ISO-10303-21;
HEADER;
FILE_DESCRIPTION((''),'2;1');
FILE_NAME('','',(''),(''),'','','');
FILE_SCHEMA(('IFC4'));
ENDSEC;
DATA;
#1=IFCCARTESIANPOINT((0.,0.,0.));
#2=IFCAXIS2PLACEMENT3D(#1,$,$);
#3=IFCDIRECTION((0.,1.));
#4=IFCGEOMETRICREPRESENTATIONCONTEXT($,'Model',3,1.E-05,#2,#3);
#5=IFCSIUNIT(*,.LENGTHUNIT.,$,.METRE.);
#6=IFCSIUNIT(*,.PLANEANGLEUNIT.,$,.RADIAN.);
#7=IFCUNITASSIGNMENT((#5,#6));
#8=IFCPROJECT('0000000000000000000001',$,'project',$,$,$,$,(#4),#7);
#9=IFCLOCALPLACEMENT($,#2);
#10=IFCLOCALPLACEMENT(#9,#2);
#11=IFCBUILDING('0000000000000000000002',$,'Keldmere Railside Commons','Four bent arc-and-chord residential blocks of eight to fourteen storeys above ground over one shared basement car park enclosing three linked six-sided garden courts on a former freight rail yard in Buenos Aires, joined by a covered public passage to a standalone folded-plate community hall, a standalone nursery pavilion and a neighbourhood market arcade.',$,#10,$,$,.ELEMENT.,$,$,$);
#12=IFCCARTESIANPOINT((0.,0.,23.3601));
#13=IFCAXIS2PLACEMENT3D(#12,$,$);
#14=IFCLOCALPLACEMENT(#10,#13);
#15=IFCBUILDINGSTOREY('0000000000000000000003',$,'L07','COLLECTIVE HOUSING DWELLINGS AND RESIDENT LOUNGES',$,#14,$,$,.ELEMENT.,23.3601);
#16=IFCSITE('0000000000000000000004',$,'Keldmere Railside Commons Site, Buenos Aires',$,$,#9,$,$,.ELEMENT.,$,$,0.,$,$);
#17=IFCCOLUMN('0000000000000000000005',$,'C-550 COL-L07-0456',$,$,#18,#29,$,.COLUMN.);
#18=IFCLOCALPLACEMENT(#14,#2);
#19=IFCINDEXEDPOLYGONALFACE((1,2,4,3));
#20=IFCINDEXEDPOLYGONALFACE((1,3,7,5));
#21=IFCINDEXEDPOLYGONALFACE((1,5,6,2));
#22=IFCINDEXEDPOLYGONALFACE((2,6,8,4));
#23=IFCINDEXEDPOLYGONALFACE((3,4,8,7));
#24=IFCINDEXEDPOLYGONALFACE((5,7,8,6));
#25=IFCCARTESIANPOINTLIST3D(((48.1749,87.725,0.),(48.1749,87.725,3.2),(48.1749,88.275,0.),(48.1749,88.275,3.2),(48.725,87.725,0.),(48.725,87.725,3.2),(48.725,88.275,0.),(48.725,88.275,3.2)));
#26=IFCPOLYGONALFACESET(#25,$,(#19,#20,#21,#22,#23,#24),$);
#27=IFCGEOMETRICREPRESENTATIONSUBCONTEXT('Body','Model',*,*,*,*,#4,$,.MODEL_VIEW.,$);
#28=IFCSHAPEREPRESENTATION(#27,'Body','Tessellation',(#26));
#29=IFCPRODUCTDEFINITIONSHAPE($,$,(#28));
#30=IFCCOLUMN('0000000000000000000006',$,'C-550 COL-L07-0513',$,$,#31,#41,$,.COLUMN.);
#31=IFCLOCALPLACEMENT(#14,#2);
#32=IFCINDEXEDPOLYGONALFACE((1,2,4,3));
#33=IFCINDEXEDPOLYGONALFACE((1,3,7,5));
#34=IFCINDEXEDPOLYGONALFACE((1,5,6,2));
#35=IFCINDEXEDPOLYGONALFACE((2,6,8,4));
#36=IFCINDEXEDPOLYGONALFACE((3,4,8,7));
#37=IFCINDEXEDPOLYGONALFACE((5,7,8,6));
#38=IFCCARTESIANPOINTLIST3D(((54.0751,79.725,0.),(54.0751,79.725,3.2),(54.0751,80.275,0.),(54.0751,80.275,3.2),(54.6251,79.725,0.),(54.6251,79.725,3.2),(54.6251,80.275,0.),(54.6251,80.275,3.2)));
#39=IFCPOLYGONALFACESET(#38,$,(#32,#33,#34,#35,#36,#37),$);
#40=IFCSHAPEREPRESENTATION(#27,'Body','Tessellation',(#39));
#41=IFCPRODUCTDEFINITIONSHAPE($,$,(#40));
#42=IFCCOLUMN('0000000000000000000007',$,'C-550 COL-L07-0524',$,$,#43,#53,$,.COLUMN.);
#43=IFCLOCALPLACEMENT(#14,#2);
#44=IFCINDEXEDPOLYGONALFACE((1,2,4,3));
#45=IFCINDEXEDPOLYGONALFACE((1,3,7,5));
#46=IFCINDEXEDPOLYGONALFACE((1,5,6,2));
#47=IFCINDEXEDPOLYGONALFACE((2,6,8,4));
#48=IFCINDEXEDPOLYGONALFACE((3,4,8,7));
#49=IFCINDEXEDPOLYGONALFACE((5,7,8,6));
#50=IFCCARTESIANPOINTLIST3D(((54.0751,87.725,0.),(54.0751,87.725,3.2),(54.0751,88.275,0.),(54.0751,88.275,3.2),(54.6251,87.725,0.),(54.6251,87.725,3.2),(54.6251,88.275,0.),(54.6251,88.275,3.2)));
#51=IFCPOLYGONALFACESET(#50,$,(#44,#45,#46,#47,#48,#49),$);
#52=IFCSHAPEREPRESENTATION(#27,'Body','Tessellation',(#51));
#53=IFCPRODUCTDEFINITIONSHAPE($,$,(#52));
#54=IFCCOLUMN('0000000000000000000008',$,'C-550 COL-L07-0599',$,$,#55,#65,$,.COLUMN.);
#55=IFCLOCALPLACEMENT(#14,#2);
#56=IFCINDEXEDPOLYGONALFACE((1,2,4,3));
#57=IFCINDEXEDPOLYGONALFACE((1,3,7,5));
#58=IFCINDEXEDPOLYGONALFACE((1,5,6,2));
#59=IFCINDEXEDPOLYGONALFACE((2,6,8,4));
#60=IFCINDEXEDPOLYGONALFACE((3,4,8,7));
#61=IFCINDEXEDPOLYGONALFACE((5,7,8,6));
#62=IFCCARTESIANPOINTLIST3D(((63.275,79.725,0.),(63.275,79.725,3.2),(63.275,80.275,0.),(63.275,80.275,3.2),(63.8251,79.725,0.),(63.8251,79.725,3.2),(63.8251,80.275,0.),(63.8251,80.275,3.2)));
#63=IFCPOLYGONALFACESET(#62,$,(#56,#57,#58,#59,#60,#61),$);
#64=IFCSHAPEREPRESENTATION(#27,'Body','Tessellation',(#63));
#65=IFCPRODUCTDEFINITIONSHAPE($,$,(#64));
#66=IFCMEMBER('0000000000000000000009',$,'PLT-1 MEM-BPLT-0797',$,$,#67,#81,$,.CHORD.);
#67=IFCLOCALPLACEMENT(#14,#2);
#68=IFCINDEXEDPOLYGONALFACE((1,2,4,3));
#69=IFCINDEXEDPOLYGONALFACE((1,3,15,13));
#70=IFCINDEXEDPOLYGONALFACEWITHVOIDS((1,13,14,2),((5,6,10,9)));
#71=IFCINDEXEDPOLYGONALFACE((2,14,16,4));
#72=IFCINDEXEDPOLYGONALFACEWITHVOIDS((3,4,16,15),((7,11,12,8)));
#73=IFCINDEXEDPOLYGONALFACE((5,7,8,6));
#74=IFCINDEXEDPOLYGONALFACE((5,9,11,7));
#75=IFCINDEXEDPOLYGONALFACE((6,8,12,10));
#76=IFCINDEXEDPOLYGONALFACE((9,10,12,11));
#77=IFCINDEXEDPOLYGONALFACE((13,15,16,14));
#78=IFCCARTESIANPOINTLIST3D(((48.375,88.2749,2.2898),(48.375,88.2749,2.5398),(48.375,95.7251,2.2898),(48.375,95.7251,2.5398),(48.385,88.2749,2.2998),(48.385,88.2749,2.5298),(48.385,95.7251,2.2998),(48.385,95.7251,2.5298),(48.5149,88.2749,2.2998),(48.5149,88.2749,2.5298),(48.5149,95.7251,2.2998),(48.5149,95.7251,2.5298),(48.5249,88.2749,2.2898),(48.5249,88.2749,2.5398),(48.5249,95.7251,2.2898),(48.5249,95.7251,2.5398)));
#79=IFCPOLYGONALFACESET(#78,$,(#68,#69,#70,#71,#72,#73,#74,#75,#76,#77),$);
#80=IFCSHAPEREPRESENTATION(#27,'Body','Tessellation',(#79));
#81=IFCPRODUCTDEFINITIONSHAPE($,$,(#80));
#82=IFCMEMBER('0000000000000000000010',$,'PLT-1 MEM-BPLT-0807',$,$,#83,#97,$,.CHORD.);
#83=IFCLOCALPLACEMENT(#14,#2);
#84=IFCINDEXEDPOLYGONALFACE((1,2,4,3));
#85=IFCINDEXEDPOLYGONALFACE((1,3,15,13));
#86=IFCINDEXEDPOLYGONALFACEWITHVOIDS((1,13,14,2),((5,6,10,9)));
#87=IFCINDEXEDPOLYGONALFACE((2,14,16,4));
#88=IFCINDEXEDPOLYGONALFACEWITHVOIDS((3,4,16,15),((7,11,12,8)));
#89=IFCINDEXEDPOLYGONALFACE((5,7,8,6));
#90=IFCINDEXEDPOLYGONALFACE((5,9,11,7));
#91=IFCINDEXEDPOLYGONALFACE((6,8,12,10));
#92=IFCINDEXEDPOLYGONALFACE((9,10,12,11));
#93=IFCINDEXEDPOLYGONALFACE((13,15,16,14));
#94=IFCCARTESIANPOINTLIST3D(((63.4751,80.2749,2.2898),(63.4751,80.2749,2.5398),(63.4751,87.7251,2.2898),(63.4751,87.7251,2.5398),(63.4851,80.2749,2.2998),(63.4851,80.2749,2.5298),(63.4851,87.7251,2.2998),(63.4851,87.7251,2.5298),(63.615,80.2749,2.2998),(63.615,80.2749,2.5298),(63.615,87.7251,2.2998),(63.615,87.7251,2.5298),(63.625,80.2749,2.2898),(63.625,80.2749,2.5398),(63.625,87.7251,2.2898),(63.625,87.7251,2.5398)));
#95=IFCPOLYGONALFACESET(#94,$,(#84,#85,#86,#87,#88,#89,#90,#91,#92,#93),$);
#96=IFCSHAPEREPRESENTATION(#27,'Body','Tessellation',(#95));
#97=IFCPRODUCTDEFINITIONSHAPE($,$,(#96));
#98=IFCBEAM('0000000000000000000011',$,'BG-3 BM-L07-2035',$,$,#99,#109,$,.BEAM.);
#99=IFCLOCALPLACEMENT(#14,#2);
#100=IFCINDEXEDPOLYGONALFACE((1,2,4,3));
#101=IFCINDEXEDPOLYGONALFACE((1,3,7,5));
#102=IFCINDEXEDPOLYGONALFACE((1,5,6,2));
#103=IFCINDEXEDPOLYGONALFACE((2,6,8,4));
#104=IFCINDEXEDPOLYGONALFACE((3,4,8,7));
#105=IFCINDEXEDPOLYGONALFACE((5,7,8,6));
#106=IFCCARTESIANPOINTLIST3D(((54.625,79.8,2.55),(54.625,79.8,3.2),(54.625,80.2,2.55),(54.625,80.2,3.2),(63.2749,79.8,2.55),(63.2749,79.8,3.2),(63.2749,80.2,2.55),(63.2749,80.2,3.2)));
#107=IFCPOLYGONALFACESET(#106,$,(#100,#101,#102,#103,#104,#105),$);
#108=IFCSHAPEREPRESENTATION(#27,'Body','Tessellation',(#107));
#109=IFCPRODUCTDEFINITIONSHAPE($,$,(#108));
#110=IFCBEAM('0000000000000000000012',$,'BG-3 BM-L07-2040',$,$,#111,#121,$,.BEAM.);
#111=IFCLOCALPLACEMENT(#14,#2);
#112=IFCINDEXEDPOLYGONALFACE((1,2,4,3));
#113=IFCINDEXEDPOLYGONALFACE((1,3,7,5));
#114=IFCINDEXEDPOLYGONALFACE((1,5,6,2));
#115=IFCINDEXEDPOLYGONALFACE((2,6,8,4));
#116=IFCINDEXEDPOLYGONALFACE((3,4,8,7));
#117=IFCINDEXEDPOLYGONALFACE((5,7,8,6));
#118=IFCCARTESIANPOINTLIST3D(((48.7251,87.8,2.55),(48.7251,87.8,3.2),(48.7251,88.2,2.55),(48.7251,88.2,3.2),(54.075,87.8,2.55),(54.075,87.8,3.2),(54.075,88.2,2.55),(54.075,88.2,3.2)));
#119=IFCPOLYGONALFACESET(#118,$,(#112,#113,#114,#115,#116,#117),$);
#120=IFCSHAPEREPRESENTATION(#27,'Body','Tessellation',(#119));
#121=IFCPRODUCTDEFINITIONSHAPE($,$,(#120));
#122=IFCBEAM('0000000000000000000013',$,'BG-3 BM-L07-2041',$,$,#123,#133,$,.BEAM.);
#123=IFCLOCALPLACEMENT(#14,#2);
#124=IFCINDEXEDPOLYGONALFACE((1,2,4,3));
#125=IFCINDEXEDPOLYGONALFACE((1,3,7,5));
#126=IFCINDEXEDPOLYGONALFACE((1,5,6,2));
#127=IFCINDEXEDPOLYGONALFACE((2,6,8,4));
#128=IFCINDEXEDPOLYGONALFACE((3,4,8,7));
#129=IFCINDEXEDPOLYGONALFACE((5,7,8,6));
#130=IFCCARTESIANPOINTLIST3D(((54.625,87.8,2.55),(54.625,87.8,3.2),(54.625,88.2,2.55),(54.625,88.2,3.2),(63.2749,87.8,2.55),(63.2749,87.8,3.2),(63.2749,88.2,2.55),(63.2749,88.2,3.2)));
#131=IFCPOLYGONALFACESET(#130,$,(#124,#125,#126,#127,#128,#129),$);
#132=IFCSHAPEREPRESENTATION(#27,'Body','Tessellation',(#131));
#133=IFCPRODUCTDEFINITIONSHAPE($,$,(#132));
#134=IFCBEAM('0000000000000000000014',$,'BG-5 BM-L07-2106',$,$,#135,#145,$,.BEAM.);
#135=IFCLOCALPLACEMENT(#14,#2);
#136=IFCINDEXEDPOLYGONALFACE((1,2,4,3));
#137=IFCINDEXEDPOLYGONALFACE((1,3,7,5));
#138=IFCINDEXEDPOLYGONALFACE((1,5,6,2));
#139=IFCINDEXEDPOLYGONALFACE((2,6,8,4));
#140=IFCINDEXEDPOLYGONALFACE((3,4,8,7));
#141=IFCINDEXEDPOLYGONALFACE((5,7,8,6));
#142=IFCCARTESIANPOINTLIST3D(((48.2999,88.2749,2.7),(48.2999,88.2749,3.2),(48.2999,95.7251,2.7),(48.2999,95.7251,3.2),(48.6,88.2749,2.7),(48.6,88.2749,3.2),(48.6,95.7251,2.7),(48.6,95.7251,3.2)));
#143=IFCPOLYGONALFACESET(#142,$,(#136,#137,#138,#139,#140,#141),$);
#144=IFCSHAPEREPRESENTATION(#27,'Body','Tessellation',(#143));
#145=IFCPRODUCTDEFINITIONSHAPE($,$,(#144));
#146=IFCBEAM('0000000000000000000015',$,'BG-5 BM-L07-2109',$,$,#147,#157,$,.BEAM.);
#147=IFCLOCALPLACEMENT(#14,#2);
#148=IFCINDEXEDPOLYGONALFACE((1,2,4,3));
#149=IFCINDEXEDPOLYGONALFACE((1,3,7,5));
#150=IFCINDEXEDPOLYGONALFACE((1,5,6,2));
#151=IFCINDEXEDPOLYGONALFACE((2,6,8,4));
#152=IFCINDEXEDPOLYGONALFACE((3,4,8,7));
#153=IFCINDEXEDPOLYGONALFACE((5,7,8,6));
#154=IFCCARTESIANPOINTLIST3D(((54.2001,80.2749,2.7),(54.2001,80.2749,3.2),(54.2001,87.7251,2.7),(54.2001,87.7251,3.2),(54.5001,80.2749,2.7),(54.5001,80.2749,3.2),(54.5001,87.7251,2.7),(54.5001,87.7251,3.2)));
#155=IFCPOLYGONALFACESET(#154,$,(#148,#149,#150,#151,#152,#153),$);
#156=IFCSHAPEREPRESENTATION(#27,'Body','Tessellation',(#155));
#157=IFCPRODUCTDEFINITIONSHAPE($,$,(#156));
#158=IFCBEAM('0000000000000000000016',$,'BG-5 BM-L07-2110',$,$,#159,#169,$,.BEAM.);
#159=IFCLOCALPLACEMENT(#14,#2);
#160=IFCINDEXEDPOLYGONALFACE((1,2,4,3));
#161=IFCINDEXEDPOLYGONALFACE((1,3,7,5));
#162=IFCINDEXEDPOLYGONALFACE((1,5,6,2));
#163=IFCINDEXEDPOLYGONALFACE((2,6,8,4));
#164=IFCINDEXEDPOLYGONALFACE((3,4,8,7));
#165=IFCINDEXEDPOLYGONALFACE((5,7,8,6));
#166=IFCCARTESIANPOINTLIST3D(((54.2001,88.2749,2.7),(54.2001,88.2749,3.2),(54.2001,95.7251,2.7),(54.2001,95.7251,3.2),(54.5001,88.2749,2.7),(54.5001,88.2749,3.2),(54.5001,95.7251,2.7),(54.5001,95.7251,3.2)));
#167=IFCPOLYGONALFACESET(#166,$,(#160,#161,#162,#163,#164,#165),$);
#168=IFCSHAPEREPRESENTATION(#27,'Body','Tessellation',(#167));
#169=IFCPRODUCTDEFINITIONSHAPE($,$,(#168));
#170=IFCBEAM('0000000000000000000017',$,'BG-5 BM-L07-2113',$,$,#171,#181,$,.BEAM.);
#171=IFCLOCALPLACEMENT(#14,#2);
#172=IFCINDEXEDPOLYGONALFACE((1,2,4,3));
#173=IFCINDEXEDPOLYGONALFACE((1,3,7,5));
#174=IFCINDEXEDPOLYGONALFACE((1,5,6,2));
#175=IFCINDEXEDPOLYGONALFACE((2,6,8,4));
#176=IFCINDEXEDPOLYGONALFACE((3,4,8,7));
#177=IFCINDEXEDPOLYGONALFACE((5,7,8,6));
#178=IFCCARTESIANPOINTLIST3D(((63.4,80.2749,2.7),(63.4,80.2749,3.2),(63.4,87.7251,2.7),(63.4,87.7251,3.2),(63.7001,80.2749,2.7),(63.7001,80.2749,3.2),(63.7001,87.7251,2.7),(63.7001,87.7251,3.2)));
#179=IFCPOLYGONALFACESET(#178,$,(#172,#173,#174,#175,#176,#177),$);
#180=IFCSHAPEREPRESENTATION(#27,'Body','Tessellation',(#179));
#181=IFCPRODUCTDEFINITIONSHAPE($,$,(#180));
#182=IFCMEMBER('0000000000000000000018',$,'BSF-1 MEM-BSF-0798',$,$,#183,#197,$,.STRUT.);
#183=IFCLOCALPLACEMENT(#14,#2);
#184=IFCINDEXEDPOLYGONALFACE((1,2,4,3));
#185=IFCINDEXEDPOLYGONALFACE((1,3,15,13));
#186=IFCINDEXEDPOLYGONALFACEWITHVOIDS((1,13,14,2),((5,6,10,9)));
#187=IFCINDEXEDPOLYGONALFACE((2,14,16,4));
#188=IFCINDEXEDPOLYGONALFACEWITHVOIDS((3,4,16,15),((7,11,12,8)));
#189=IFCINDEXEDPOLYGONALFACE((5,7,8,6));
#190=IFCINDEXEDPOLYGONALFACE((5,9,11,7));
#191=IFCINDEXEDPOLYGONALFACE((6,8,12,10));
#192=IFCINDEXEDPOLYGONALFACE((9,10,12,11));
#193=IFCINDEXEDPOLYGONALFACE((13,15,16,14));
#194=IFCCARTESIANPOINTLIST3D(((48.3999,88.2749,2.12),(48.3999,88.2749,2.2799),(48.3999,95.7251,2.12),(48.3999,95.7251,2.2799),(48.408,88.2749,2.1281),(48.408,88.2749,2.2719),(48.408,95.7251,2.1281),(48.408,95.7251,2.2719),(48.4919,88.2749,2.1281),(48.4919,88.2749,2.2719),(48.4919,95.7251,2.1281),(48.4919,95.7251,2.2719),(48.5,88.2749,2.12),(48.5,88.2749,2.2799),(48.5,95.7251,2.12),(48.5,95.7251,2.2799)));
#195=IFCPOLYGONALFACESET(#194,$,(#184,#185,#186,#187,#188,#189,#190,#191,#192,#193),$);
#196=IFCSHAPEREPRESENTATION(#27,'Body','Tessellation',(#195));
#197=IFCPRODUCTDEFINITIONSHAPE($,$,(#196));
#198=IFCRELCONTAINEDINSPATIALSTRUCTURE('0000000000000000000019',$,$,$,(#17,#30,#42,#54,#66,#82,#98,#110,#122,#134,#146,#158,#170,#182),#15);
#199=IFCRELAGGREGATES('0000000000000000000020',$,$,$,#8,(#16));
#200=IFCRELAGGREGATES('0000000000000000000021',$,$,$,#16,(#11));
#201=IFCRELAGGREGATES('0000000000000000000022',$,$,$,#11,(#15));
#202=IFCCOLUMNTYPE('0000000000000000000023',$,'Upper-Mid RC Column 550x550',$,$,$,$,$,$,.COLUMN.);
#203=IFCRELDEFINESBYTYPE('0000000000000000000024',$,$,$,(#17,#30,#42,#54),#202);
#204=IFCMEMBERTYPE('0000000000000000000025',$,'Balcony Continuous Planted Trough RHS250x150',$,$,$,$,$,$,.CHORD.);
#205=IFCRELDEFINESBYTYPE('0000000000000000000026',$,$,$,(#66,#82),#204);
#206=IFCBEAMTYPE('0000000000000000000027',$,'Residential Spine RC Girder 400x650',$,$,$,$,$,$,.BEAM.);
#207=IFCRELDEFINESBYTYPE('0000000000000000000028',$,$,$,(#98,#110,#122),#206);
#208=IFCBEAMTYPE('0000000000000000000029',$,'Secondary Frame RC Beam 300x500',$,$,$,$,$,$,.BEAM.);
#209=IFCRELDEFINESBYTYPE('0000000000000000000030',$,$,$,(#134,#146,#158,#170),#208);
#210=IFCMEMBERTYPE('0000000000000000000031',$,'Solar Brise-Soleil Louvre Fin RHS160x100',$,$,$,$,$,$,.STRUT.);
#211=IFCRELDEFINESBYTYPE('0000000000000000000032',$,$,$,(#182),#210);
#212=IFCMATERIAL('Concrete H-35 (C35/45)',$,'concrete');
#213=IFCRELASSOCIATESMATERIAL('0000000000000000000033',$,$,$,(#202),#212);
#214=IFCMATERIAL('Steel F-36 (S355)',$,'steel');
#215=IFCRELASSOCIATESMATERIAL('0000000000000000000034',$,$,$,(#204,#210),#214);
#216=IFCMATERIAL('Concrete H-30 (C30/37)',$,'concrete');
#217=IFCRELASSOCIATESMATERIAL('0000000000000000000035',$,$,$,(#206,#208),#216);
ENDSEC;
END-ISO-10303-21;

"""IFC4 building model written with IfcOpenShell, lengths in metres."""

from ifc_helpers import new_model, si_unit, direction, frame, origin, origin_2d, place, context, subcontext, project, spatial, rectangle, hollow_rectangle, extrude, material, material_profile, profile_set, type_object, element, save


model = new_model("IFC4")

# Units and contexts
model_context = context("Model", 3, precision=1e-05, world=origin(), true_north=direction((0.0, 1.0)))
body_context = subcontext(model_context, "Body", "Model", "MODEL_VIEW")
ifc_project = project(units=[si_unit("LENGTHUNIT", "METRE"), si_unit("PLANEANGLEUNIT", "RADIAN")], contexts=[model_context])

# Site, building, storey
site_placement = place(None, origin())
site = spatial("IfcSite", under=ifc_project, at=site_placement, Name="Keldmere Railside Commons Site, Buenos Aires", CompositionType="ELEMENT", RefElevation=0.0)
building_placement = place(site_placement, origin())
building = spatial("IfcBuilding", under=site, at=building_placement, Name="Keldmere Railside Commons", Description="Four bent arc-and-chord residential blocks of eight to fourteen storeys above ground over one shared basement car park enclosing three linked six-sided garden courts on a former freight rail yard in Buenos Aires, joined by a covered public passage to a standalone folded-plate community hall, a standalone nursery pavilion and a neighbourhood market arcade.", CompositionType="ELEMENT")
storey_placement = place(building_placement, frame((0.0, 0.0, 23.3601)))
storey = spatial("IfcBuildingStorey", under=building, at=storey_placement, Name="L07", Description="COLLECTIVE HOUSING DWELLINGS AND RESIDENT LOUNGES", CompositionType="ELEMENT", Elevation=23.3601)

# Columns
ifc_material_1 = material(Name="Concrete H-35 (C35/45)", Category="concrete")
ifc_material_profile_1 = material_profile(ifc_material_1, rectangle(XDim=0.55, YDim=0.55, at=origin_2d()), Name="RC-550x550")
ifc_profile_set_1 = profile_set([ifc_material_profile_1], Name="Concrete H-35 (C35/45)")
column_type = type_object("IfcColumnType", Name="Upper-Mid RC Column 550x550", PredefinedType="COLUMN", material=ifc_profile_set_1)
for number, where, z_axis, x_axis, name in (
    (1, (48.45, 88.0, 0.0), (0.0, 0.0, 1.0), (1.0, 0.0, 0.0), "C-550 COL-L07-0456"),
    (2, (54.3501, 80.0, 0.0), (0.0, 0.0, 1.0), (1.0, 0.0, 0.0), "C-550 COL-L07-0513"),
    (3, (54.3501, 88.0, 0.0), (0.0, 0.0, 1.0), (1.0, 0.0, 0.0), "C-550 COL-L07-0524"),
    (4, (63.55, 80.0, 0.0), (0.0, 0.0, 1.0), (1.0, 0.0, 0.0), "C-550 COL-L07-0599"),
):
    element("IfcColumn", number, at=place(storey_placement, frame(where, z_axis=z_axis, x_axis=x_axis)), inside=storey, type_object=column_type, Name=name, PredefinedType="COLUMN", context=body_context, shape_type="SweptSolid", body=[
        extrude(rectangle(XDim=0.55, YDim=0.55, at=origin_2d()), origin(), (0.0, 0.0, 1.0), 3.2),
    ])

# Members
ifc_material_2 = material(Name="Steel F-36 (S355)", Category="steel")
ifc_material_profile_2 = material_profile(ifc_material_2, hollow_rectangle(XDim=0.1499, YDim=0.25, WallThickness=0.01, at=origin_2d()), Name="RHS-250x150x10")
ifc_profile_set_2 = profile_set([ifc_material_profile_2], Name="Steel F-36 (S355)")
member_type_1 = type_object("IfcMemberType", Name="Balcony Continuous Planted Trough RHS250x150", PredefinedType="CHORD", material=ifc_profile_set_2)
for number, where, z_axis, x_axis, name in (
    (5, (48.45, 88.2749, 2.4148), (0.0, 1.0, 0.0), (-1.0, 0.0, 0.0), "PLT-1 MEM-BPLT-0797"),
    (6, (63.55, 80.2749, 2.4148), (0.0, 1.0, 0.0), (-1.0, 0.0, 0.0), "PLT-1 MEM-BPLT-0807"),
):
    element("IfcMember", number, at=place(storey_placement, frame(where, z_axis=z_axis, x_axis=x_axis)), inside=storey, type_object=member_type_1, Name=name, PredefinedType="CHORD", context=body_context, shape_type="SweptSolid", body=[
        extrude(hollow_rectangle(XDim=0.1499, YDim=0.25, WallThickness=0.01, at=origin_2d()), origin(), (0.0, 0.0, 1.0), 7.4502),
    ])

# Beams
ifc_material_3 = material(Name="Concrete H-30 (C30/37)", Category="concrete")
ifc_material_profile_3 = material_profile(ifc_material_3, rectangle(XDim=0.3999, YDim=0.6499, at=origin_2d()), Name="RC-400x650")
ifc_profile_set_3 = profile_set([ifc_material_profile_3], Name="Concrete H-30 (C30/37)")
beam_type_1 = type_object("IfcBeamType", Name="Residential Spine RC Girder 400x650", PredefinedType="BEAM", material=ifc_profile_set_3)
beam_1_placement = place(storey_placement, frame((54.625, 80.0, 2.875), z_axis=(1.0, 0.0, 0.0), x_axis=(0.0, 1.0, 0.0)))
element("IfcBeam", 7, at=beam_1_placement, inside=storey, type_object=beam_type_1, Name="BG-3 BM-L07-2035", PredefinedType="BEAM", context=body_context, shape_type="SweptSolid", body=[
    extrude(rectangle(XDim=0.3999, YDim=0.6499, at=origin_2d()), origin(), (0.0, 0.0, 1.0), 8.6499),
])
beam_2_placement = place(storey_placement, frame((48.7251, 88.0, 2.875), z_axis=(1.0, 0.0, 0.0), x_axis=(0.0, 1.0, 0.0)))
element("IfcBeam", 8, at=beam_2_placement, inside=storey, type_object=beam_type_1, Name="BG-3 BM-L07-2040", PredefinedType="BEAM", context=body_context, shape_type="SweptSolid", body=[
    extrude(rectangle(XDim=0.3999, YDim=0.6499, at=origin_2d()), origin(), (0.0, 0.0, 1.0), 5.3499),
])
beam_3_placement = place(storey_placement, frame((54.625, 88.0, 2.875), z_axis=(1.0, 0.0, 0.0), x_axis=(0.0, 1.0, 0.0)))
element("IfcBeam", 9, at=beam_3_placement, inside=storey, type_object=beam_type_1, Name="BG-3 BM-L07-2041", PredefinedType="BEAM", context=body_context, shape_type="SweptSolid", body=[
    extrude(rectangle(XDim=0.3999, YDim=0.6499, at=origin_2d()), origin(), (0.0, 0.0, 1.0), 8.6499),
])
ifc_material_profile_4 = material_profile(ifc_material_3, rectangle(XDim=0.3, YDim=0.5, at=origin_2d()), Name="RC-300x500")
ifc_profile_set_4 = profile_set([ifc_material_profile_4], Name="Concrete H-30 (C30/37)")
beam_type_2 = type_object("IfcBeamType", Name="Secondary Frame RC Beam 300x500", PredefinedType="BEAM", material=ifc_profile_set_4)
for number, where, z_axis, x_axis, name in (
    (10, (48.45, 88.2749, 2.95), (0.0, 1.0, 0.0), (-1.0, 0.0, 0.0), "BG-5 BM-L07-2106"),
    (11, (54.3501, 80.2749, 2.95), (0.0, 1.0, 0.0), (-1.0, 0.0, 0.0), "BG-5 BM-L07-2109"),
    (12, (54.3501, 88.2749, 2.95), (0.0, 1.0, 0.0), (-1.0, 0.0, 0.0), "BG-5 BM-L07-2110"),
    (13, (63.55, 80.2749, 2.95), (0.0, 1.0, 0.0), (-1.0, 0.0, 0.0), "BG-5 BM-L07-2113"),
):
    element("IfcBeam", number, at=place(storey_placement, frame(where, z_axis=z_axis, x_axis=x_axis)), inside=storey, type_object=beam_type_2, Name=name, PredefinedType="BEAM", context=body_context, shape_type="SweptSolid", body=[
        extrude(rectangle(XDim=0.3, YDim=0.5, at=origin_2d()), origin(), (0.0, 0.0, 1.0), 7.4502),
    ])

# Member
ifc_material_profile_5 = material_profile(ifc_material_2, hollow_rectangle(XDim=0.1001, YDim=0.1599, WallThickness=0.0081, at=origin_2d()), Name="RHS-160x100x8")
ifc_profile_set_5 = profile_set([ifc_material_profile_5], Name="Steel F-36 (S355)")
member_type_2 = type_object("IfcMemberType", Name="Solar Brise-Soleil Louvre Fin RHS160x100", PredefinedType="STRUT", material=ifc_profile_set_5)
for number, where, z_axis, x_axis, name in (
    (14, (48.45, 88.2749, 2.2), (0.0, 1.0, 0.0), (-1.0, 0.0, 0.0), "BSF-1 MEM-BSF-0798"),
):
    element("IfcMember", number, at=place(storey_placement, frame(where, z_axis=z_axis, x_axis=x_axis)), inside=storey, type_object=member_type_2, Name=name, PredefinedType="STRUT", context=body_context, shape_type="SweptSolid", body=[
        extrude(hollow_rectangle(XDim=0.1001, YDim=0.1599, WallThickness=0.0081, at=origin_2d()), origin(), (0.0, 0.0, 1.0), 7.4502),
    ])

save(model, "model.ifc")
